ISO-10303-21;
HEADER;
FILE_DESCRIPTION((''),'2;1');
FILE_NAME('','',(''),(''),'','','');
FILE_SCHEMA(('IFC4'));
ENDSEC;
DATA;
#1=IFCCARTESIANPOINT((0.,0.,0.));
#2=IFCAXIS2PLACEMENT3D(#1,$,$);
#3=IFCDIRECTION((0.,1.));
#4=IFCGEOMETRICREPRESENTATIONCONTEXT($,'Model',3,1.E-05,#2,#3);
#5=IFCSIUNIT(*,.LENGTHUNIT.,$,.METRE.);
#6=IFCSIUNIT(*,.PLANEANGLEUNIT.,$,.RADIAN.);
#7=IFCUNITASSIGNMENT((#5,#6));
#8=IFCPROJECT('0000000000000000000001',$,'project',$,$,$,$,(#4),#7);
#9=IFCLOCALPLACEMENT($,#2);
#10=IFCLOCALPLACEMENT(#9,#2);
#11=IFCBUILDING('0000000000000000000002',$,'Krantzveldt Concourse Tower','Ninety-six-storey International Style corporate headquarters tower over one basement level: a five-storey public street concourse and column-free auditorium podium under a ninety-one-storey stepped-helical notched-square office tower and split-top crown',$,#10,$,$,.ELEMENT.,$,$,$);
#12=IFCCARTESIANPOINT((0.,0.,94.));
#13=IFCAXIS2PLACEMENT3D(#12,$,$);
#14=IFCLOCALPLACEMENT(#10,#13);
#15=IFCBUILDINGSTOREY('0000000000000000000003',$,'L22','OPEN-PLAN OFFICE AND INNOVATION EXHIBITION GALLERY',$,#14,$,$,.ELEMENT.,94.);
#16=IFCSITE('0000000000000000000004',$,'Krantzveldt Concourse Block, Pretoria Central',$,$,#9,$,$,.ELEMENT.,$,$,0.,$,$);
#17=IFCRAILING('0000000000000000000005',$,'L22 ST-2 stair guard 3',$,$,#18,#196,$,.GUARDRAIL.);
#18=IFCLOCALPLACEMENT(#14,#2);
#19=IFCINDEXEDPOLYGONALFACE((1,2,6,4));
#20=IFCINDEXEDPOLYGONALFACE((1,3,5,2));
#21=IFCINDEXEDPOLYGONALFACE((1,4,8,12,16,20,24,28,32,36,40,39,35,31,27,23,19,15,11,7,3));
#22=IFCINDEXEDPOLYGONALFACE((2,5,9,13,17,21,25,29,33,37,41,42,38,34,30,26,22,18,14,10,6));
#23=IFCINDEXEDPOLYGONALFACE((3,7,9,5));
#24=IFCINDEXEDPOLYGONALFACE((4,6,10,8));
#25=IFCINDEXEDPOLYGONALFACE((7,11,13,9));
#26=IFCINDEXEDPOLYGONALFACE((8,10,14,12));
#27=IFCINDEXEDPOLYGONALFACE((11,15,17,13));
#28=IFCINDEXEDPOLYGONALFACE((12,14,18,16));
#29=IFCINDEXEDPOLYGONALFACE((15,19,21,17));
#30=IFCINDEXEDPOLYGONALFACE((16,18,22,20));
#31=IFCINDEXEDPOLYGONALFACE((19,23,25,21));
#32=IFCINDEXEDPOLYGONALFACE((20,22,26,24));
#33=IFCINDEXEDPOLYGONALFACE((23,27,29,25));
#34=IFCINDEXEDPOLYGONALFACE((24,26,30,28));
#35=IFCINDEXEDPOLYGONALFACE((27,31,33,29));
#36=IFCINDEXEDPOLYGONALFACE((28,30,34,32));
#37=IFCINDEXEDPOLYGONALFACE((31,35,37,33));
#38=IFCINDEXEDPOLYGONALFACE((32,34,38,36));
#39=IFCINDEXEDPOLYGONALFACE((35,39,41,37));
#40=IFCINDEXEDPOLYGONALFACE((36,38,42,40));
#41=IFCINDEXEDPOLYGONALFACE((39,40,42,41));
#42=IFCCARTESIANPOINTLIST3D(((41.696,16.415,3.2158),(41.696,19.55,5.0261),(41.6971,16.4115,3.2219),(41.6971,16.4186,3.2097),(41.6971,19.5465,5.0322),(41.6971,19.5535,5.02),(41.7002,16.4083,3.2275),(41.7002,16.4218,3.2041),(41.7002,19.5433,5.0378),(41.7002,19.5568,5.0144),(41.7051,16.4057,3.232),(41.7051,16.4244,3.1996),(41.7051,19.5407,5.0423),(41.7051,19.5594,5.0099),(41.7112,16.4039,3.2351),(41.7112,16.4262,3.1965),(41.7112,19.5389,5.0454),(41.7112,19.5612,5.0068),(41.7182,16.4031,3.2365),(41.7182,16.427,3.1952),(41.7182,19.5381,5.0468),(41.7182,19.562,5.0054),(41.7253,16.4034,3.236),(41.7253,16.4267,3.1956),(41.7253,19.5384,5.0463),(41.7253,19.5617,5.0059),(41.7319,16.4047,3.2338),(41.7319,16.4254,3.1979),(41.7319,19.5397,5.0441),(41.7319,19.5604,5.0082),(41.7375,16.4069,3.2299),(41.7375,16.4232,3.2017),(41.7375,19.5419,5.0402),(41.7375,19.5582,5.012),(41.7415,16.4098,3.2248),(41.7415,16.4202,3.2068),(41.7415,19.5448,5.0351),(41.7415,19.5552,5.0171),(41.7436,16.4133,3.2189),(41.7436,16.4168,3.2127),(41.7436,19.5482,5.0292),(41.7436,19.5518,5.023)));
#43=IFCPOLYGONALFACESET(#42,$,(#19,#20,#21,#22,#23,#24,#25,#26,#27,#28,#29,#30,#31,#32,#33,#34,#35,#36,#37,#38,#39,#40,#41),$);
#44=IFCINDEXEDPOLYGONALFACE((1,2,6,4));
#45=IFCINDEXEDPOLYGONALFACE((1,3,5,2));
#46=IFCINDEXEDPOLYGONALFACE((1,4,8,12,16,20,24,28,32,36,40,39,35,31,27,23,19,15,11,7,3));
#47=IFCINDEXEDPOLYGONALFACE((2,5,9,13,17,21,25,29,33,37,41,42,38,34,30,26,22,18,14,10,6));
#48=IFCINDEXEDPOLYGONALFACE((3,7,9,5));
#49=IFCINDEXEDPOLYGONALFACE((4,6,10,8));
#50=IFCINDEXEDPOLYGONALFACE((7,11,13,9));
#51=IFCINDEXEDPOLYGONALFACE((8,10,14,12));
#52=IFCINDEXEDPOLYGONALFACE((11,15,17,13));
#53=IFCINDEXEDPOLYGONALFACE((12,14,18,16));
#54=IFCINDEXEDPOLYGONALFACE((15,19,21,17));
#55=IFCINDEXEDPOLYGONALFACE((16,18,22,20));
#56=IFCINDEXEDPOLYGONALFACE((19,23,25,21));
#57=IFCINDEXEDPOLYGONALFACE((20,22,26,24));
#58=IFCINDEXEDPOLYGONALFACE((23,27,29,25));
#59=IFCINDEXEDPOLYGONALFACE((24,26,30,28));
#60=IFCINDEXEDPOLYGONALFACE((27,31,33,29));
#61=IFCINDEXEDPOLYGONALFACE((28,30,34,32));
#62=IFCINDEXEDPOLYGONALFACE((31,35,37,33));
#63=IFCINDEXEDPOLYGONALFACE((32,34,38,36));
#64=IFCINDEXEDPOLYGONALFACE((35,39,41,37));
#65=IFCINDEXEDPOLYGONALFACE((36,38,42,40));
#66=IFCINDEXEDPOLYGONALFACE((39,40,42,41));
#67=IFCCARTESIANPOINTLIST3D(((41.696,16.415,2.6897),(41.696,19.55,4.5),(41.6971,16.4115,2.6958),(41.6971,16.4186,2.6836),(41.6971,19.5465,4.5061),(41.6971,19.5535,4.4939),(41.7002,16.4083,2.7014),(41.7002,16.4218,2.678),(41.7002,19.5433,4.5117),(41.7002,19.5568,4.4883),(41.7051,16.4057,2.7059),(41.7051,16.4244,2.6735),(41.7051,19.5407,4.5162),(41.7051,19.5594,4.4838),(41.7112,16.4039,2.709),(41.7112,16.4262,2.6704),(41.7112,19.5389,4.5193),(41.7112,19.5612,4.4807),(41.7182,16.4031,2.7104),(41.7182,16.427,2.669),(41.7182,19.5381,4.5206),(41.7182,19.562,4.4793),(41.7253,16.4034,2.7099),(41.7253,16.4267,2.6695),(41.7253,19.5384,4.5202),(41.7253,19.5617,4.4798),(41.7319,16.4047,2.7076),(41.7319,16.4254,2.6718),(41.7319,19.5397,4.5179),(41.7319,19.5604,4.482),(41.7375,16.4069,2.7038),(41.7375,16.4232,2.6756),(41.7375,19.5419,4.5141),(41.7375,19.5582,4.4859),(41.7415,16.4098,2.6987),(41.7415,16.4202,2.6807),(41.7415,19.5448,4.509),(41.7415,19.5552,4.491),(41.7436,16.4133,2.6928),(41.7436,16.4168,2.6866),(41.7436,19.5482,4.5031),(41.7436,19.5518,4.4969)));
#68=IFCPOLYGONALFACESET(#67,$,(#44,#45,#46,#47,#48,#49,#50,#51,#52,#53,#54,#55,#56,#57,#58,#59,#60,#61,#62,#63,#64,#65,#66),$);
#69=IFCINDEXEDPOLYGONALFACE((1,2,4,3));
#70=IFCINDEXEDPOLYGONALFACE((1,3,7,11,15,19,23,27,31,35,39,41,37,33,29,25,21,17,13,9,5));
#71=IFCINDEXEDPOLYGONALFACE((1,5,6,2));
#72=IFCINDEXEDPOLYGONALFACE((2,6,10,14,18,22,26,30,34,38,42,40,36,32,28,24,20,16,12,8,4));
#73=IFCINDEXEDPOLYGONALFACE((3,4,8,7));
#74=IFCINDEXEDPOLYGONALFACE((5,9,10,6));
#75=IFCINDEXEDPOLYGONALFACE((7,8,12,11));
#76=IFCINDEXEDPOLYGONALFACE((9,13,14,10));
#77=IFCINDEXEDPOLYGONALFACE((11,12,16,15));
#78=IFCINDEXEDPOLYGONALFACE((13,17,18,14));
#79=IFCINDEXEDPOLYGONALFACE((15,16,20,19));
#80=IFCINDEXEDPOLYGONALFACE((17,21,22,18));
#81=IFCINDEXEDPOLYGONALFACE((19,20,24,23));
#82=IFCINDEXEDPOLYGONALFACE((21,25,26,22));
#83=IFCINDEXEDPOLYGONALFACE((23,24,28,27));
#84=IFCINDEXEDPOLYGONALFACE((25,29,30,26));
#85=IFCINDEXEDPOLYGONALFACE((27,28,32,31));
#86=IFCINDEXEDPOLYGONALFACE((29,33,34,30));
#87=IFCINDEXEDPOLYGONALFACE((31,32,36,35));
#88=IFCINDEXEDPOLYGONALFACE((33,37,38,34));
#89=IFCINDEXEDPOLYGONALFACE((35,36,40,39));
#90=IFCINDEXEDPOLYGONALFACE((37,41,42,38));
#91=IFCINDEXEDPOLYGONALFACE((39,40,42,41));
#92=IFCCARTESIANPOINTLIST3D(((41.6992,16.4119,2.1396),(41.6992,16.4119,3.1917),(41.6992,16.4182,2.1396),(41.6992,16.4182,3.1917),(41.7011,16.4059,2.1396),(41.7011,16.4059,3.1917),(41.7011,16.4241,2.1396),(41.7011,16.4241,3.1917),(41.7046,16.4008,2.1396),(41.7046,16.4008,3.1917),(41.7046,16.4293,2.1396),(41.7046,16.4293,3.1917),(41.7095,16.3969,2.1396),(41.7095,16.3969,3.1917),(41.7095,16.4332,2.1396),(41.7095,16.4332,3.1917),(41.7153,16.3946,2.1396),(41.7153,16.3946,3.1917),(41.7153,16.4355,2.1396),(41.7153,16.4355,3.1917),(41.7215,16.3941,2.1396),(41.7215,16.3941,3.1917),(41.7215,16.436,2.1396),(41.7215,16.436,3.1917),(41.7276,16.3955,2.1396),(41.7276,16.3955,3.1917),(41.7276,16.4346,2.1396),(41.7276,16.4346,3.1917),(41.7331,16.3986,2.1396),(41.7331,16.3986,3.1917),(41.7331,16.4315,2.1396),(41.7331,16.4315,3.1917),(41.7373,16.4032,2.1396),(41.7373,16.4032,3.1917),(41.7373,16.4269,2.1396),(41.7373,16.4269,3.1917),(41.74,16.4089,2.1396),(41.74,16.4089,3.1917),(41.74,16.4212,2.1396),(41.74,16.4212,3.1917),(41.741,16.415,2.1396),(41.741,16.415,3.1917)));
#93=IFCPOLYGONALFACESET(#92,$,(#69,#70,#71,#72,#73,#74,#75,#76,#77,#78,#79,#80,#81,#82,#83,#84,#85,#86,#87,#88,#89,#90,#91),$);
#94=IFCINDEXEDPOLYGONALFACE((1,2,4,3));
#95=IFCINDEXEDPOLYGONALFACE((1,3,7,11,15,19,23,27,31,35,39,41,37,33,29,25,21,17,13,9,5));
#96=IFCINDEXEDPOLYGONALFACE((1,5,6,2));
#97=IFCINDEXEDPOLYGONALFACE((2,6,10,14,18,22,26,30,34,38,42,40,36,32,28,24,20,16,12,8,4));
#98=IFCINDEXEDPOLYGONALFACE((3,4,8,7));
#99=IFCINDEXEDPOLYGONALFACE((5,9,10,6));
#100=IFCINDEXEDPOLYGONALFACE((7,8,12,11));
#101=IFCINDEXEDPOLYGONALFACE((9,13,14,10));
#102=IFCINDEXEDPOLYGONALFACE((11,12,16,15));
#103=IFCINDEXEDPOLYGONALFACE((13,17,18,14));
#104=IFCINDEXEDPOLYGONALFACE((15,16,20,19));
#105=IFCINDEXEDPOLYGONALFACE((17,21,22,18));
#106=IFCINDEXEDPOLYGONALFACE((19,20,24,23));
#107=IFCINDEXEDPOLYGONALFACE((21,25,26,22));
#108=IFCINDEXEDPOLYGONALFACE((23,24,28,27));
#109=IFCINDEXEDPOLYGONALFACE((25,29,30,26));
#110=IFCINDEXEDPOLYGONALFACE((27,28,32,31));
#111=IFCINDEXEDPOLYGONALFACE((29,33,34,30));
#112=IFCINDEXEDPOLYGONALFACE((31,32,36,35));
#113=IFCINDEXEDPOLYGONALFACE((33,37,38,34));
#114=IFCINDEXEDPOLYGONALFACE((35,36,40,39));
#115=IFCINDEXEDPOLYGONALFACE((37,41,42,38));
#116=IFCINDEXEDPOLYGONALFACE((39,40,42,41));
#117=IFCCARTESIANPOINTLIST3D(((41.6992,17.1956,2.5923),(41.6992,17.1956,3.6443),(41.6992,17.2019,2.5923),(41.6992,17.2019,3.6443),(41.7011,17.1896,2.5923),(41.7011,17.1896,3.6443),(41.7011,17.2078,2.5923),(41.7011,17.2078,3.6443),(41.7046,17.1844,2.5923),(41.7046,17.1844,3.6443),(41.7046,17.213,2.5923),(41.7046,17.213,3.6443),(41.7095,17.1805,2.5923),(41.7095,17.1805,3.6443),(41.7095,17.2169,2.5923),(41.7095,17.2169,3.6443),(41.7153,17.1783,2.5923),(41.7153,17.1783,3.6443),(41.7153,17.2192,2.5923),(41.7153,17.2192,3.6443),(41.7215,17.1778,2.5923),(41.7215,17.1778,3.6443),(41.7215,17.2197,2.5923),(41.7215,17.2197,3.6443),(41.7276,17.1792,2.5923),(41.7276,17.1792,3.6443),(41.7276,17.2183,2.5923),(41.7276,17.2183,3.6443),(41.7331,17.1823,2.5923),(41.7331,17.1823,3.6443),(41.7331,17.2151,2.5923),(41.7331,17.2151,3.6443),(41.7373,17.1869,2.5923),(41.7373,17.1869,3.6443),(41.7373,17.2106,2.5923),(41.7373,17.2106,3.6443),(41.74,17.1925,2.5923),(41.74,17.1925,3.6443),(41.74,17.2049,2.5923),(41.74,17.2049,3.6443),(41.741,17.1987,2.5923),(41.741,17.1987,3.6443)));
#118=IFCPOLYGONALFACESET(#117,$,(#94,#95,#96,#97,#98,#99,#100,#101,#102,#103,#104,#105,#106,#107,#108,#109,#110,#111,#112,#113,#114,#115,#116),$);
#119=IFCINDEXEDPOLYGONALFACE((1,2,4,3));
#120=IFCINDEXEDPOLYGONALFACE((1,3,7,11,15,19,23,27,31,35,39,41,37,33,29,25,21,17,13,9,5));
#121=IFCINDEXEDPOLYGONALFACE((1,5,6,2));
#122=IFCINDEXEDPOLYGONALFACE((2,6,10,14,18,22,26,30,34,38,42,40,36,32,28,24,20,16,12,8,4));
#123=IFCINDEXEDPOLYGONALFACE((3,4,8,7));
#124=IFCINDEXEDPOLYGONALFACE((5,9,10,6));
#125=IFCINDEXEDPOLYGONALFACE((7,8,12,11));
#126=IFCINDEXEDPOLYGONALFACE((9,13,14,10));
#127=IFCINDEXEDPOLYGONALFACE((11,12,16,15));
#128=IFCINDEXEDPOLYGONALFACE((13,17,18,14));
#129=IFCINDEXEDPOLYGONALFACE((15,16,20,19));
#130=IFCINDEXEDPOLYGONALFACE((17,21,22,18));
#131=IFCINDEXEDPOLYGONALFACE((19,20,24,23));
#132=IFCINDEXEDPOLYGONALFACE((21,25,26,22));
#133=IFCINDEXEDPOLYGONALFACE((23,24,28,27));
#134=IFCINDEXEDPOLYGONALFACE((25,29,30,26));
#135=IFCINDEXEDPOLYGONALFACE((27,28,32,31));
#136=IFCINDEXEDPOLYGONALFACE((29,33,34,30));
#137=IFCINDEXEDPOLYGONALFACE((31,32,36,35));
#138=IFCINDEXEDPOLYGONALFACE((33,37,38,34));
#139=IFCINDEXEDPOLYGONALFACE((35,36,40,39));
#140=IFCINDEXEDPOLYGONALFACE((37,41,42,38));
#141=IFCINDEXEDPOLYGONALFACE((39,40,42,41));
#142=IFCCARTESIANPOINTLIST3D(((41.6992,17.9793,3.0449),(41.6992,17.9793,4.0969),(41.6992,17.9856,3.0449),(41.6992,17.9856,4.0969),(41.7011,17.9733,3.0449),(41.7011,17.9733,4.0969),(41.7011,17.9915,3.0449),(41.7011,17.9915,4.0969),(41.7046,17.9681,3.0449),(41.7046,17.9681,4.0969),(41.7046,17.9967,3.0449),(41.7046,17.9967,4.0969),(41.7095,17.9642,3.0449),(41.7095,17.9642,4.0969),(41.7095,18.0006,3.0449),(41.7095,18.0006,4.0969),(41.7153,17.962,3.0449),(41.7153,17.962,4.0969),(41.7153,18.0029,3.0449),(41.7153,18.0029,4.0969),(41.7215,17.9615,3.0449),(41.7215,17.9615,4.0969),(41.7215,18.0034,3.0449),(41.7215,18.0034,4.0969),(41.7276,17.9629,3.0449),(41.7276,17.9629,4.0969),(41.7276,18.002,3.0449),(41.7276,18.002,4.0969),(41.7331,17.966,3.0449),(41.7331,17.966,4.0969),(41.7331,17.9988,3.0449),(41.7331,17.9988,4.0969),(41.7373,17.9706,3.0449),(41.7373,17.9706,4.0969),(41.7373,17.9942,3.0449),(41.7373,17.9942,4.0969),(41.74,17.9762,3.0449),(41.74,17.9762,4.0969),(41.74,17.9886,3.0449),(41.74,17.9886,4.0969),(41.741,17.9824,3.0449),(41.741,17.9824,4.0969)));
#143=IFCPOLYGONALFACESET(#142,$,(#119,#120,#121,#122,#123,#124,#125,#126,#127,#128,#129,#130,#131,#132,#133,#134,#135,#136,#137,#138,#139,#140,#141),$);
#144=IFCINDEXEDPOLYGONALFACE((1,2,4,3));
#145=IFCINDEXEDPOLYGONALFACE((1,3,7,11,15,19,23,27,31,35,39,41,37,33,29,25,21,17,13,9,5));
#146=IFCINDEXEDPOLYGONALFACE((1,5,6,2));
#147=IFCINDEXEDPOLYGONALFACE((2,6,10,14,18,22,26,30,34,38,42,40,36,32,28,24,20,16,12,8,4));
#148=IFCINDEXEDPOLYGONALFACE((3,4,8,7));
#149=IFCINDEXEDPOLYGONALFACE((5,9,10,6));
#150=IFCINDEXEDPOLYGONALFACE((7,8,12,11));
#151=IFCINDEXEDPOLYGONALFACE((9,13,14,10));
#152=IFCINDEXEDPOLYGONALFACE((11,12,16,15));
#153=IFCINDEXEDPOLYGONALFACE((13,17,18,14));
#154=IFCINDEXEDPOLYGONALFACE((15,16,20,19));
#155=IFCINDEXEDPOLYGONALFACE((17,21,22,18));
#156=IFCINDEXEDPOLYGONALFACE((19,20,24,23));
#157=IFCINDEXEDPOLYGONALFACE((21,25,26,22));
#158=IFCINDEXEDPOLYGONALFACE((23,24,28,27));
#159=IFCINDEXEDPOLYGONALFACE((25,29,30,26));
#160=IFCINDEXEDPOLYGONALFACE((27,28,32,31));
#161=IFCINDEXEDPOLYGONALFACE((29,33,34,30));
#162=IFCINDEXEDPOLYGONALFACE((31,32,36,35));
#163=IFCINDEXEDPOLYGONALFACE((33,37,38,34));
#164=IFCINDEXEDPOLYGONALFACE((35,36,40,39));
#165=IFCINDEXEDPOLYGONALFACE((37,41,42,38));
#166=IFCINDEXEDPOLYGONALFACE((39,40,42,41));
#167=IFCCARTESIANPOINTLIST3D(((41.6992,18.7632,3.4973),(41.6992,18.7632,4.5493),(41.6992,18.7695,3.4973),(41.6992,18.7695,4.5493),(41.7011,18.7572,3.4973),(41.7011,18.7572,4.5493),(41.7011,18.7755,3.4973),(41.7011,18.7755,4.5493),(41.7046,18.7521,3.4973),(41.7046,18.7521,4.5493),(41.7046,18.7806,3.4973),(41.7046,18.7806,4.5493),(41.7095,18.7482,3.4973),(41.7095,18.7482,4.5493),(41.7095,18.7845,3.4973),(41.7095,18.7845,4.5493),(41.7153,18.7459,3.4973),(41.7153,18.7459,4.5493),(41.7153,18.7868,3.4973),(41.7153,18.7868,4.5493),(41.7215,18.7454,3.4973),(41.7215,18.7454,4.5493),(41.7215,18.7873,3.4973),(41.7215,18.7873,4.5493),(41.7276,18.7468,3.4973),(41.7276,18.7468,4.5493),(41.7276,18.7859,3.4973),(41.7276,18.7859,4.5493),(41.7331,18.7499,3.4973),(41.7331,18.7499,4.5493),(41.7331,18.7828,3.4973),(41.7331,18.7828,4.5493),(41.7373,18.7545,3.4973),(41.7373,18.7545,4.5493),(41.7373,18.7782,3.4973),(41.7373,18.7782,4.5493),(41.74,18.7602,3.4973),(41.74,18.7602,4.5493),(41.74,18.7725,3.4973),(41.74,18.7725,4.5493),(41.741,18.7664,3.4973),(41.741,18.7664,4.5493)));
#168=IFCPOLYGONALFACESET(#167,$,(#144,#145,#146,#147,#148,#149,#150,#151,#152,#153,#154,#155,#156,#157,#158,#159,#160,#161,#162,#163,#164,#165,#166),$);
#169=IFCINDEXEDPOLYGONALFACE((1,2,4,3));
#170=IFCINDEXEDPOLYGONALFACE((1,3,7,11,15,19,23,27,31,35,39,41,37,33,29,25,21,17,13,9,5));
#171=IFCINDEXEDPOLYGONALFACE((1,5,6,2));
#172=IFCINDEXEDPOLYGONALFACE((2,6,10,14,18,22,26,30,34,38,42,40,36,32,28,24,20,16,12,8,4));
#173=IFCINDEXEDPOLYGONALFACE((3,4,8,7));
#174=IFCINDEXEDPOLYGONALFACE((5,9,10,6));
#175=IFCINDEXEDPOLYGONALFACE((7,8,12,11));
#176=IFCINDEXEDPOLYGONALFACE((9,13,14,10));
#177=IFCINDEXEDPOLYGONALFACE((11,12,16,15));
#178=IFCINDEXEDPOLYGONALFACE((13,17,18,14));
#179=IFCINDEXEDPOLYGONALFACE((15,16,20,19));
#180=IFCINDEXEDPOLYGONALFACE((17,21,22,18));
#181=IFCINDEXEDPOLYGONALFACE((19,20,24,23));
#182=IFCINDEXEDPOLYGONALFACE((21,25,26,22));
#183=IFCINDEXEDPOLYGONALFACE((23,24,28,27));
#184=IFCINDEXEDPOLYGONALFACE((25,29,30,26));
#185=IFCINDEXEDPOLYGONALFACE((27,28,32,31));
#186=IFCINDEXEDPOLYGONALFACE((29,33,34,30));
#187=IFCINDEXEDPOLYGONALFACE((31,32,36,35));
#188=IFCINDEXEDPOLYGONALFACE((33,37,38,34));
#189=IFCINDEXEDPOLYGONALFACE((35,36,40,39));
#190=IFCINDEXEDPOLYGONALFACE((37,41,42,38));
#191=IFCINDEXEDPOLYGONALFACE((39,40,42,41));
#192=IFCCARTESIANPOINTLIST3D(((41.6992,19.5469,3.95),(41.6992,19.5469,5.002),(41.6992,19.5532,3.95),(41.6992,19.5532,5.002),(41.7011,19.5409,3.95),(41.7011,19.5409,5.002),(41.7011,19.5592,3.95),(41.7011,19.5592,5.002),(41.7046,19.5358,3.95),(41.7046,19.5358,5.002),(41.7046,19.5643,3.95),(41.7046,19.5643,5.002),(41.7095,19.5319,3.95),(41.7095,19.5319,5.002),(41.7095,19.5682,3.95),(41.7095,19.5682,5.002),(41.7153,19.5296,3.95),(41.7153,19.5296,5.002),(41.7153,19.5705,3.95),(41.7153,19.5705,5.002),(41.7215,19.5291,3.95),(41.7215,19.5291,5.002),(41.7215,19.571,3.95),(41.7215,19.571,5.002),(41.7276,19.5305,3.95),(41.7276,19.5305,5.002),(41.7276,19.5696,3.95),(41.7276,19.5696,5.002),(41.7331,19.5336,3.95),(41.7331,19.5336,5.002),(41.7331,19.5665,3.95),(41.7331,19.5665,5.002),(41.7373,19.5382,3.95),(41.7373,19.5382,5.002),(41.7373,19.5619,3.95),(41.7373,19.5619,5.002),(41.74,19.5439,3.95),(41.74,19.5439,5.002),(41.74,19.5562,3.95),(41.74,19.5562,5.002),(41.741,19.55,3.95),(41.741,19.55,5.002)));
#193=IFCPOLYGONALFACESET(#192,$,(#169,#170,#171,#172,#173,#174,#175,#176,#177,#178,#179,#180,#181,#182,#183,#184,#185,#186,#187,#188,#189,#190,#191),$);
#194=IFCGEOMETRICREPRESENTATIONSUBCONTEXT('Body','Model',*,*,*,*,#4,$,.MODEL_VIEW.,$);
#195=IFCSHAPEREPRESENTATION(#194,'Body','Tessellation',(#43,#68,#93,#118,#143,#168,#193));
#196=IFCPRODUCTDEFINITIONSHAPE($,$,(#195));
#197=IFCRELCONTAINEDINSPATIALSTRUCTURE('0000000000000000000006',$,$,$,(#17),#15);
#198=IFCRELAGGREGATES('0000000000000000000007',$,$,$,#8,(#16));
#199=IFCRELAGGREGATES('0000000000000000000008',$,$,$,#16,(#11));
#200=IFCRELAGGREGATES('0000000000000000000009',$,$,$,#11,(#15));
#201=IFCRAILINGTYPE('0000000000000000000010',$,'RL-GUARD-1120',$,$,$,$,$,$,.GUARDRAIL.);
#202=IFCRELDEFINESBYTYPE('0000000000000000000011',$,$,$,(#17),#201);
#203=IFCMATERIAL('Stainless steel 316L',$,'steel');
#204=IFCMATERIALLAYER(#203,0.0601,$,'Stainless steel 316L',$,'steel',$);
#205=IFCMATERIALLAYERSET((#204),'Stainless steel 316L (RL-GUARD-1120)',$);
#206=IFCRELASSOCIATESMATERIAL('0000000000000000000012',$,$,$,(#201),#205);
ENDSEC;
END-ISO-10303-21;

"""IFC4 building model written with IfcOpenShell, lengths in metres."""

from ifc_helpers import new_model, si_unit, direction, frame, origin, origin_2d, place, context, subcontext, project, spatial, circle, extrude, material, layer, layer_set, type_object, element, save


model = new_model("IFC4")

# Units and contexts
model_context = context("Model", 3, precision=1e-05, world=origin(), true_north=direction((0.0, 1.0)))
body_context = subcontext(model_context, "Body", "Model", "MODEL_VIEW")
ifc_project = project(units=[si_unit("LENGTHUNIT", "METRE"), si_unit("PLANEANGLEUNIT", "RADIAN")], contexts=[model_context])

# Site, building, storey
site_placement = place(None, origin())
site = spatial("IfcSite", under=ifc_project, at=site_placement, Name="Krantzveldt Concourse Block, Pretoria Central", CompositionType="ELEMENT", RefElevation=0.0)
building_placement = place(site_placement, origin())
building = spatial("IfcBuilding", under=site, at=building_placement, Name="Krantzveldt Concourse Tower", Description="Ninety-six-storey International Style corporate headquarters tower over one basement level: a five-storey public street concourse and column-free auditorium podium under a ninety-one-storey stepped-helical notched-square office tower and split-top crown", CompositionType="ELEMENT")
storey_placement = place(building_placement, frame((0.0, 0.0, 94.0)))
storey = spatial("IfcBuildingStorey", under=building, at=storey_placement, Name="L22", Description="OPEN-PLAN OFFICE AND INNOVATION EXHIBITION GALLERY", CompositionType="ELEMENT", Elevation=94.0)

# Shared definitions
ifc_material_1 = material(Name="Stainless steel 316L", Category="steel")

# Railing
ifc_layer_1 = layer(ifc_material_1, 0.0601, Name="Stainless steel 316L", Category="steel")
ifc_layer_set_1 = layer_set([ifc_layer_1], Name="Stainless steel 316L (RL-GUARD-1120)")
railing_type_1 = type_object("IfcRailingType", Name="RL-GUARD-1120", PredefinedType="GUARDRAIL", material=ifc_layer_set_1)
railing_1_placement = place(storey_placement, frame((41.72, 16.415, 2.1396)))
element("IfcRailing", 1, at=railing_1_placement, inside=storey, type_object=railing_type_1, Name="L22 ST-2 stair guard 3", PredefinedType="GUARDRAIL", context=body_context, shape_type="SweptSolid", body=[
    extrude(circle(Radius=0.0239, at=origin_2d()), frame((0.0, 0.0, 1.0762), z_axis=(0.0, 0.865989, 0.500063), x_axis=(-1.0, 0.0, 0.0)), (0.0, 0.0, 1.0), 3.6201),
    extrude(circle(Radius=0.0239, at=origin_2d()), frame((0.0, 0.0, 0.55), z_axis=(0.0, 0.865989, 0.500063), x_axis=(-1.0, 0.0, 0.0)), (0.0, 0.0, 1.0), 3.6201),
    extrude(circle(Radius=0.021, at=origin_2d()), origin(), (0.0, 0.0, 1.0), 1.052),
    extrude(circle(Radius=0.021, at=origin_2d()), frame((0.0, 0.7837, 0.4526)), (0.0, 0.0, 1.0), 1.052),
    extrude(circle(Radius=0.021, at=origin_2d()), frame((0.0, 1.5674, 0.9053)), (0.0, 0.0, 1.0), 1.052),
    extrude(circle(Radius=0.021, at=origin_2d()), frame((0.0, 2.3513, 1.3577)), (0.0, 0.0, 1.0), 1.052),
    extrude(circle(Radius=0.021, at=origin_2d()), frame((0.0, 3.135, 1.8103)), (0.0, 0.0, 1.0), 1.052),
])

save(model, "model.ifc")
